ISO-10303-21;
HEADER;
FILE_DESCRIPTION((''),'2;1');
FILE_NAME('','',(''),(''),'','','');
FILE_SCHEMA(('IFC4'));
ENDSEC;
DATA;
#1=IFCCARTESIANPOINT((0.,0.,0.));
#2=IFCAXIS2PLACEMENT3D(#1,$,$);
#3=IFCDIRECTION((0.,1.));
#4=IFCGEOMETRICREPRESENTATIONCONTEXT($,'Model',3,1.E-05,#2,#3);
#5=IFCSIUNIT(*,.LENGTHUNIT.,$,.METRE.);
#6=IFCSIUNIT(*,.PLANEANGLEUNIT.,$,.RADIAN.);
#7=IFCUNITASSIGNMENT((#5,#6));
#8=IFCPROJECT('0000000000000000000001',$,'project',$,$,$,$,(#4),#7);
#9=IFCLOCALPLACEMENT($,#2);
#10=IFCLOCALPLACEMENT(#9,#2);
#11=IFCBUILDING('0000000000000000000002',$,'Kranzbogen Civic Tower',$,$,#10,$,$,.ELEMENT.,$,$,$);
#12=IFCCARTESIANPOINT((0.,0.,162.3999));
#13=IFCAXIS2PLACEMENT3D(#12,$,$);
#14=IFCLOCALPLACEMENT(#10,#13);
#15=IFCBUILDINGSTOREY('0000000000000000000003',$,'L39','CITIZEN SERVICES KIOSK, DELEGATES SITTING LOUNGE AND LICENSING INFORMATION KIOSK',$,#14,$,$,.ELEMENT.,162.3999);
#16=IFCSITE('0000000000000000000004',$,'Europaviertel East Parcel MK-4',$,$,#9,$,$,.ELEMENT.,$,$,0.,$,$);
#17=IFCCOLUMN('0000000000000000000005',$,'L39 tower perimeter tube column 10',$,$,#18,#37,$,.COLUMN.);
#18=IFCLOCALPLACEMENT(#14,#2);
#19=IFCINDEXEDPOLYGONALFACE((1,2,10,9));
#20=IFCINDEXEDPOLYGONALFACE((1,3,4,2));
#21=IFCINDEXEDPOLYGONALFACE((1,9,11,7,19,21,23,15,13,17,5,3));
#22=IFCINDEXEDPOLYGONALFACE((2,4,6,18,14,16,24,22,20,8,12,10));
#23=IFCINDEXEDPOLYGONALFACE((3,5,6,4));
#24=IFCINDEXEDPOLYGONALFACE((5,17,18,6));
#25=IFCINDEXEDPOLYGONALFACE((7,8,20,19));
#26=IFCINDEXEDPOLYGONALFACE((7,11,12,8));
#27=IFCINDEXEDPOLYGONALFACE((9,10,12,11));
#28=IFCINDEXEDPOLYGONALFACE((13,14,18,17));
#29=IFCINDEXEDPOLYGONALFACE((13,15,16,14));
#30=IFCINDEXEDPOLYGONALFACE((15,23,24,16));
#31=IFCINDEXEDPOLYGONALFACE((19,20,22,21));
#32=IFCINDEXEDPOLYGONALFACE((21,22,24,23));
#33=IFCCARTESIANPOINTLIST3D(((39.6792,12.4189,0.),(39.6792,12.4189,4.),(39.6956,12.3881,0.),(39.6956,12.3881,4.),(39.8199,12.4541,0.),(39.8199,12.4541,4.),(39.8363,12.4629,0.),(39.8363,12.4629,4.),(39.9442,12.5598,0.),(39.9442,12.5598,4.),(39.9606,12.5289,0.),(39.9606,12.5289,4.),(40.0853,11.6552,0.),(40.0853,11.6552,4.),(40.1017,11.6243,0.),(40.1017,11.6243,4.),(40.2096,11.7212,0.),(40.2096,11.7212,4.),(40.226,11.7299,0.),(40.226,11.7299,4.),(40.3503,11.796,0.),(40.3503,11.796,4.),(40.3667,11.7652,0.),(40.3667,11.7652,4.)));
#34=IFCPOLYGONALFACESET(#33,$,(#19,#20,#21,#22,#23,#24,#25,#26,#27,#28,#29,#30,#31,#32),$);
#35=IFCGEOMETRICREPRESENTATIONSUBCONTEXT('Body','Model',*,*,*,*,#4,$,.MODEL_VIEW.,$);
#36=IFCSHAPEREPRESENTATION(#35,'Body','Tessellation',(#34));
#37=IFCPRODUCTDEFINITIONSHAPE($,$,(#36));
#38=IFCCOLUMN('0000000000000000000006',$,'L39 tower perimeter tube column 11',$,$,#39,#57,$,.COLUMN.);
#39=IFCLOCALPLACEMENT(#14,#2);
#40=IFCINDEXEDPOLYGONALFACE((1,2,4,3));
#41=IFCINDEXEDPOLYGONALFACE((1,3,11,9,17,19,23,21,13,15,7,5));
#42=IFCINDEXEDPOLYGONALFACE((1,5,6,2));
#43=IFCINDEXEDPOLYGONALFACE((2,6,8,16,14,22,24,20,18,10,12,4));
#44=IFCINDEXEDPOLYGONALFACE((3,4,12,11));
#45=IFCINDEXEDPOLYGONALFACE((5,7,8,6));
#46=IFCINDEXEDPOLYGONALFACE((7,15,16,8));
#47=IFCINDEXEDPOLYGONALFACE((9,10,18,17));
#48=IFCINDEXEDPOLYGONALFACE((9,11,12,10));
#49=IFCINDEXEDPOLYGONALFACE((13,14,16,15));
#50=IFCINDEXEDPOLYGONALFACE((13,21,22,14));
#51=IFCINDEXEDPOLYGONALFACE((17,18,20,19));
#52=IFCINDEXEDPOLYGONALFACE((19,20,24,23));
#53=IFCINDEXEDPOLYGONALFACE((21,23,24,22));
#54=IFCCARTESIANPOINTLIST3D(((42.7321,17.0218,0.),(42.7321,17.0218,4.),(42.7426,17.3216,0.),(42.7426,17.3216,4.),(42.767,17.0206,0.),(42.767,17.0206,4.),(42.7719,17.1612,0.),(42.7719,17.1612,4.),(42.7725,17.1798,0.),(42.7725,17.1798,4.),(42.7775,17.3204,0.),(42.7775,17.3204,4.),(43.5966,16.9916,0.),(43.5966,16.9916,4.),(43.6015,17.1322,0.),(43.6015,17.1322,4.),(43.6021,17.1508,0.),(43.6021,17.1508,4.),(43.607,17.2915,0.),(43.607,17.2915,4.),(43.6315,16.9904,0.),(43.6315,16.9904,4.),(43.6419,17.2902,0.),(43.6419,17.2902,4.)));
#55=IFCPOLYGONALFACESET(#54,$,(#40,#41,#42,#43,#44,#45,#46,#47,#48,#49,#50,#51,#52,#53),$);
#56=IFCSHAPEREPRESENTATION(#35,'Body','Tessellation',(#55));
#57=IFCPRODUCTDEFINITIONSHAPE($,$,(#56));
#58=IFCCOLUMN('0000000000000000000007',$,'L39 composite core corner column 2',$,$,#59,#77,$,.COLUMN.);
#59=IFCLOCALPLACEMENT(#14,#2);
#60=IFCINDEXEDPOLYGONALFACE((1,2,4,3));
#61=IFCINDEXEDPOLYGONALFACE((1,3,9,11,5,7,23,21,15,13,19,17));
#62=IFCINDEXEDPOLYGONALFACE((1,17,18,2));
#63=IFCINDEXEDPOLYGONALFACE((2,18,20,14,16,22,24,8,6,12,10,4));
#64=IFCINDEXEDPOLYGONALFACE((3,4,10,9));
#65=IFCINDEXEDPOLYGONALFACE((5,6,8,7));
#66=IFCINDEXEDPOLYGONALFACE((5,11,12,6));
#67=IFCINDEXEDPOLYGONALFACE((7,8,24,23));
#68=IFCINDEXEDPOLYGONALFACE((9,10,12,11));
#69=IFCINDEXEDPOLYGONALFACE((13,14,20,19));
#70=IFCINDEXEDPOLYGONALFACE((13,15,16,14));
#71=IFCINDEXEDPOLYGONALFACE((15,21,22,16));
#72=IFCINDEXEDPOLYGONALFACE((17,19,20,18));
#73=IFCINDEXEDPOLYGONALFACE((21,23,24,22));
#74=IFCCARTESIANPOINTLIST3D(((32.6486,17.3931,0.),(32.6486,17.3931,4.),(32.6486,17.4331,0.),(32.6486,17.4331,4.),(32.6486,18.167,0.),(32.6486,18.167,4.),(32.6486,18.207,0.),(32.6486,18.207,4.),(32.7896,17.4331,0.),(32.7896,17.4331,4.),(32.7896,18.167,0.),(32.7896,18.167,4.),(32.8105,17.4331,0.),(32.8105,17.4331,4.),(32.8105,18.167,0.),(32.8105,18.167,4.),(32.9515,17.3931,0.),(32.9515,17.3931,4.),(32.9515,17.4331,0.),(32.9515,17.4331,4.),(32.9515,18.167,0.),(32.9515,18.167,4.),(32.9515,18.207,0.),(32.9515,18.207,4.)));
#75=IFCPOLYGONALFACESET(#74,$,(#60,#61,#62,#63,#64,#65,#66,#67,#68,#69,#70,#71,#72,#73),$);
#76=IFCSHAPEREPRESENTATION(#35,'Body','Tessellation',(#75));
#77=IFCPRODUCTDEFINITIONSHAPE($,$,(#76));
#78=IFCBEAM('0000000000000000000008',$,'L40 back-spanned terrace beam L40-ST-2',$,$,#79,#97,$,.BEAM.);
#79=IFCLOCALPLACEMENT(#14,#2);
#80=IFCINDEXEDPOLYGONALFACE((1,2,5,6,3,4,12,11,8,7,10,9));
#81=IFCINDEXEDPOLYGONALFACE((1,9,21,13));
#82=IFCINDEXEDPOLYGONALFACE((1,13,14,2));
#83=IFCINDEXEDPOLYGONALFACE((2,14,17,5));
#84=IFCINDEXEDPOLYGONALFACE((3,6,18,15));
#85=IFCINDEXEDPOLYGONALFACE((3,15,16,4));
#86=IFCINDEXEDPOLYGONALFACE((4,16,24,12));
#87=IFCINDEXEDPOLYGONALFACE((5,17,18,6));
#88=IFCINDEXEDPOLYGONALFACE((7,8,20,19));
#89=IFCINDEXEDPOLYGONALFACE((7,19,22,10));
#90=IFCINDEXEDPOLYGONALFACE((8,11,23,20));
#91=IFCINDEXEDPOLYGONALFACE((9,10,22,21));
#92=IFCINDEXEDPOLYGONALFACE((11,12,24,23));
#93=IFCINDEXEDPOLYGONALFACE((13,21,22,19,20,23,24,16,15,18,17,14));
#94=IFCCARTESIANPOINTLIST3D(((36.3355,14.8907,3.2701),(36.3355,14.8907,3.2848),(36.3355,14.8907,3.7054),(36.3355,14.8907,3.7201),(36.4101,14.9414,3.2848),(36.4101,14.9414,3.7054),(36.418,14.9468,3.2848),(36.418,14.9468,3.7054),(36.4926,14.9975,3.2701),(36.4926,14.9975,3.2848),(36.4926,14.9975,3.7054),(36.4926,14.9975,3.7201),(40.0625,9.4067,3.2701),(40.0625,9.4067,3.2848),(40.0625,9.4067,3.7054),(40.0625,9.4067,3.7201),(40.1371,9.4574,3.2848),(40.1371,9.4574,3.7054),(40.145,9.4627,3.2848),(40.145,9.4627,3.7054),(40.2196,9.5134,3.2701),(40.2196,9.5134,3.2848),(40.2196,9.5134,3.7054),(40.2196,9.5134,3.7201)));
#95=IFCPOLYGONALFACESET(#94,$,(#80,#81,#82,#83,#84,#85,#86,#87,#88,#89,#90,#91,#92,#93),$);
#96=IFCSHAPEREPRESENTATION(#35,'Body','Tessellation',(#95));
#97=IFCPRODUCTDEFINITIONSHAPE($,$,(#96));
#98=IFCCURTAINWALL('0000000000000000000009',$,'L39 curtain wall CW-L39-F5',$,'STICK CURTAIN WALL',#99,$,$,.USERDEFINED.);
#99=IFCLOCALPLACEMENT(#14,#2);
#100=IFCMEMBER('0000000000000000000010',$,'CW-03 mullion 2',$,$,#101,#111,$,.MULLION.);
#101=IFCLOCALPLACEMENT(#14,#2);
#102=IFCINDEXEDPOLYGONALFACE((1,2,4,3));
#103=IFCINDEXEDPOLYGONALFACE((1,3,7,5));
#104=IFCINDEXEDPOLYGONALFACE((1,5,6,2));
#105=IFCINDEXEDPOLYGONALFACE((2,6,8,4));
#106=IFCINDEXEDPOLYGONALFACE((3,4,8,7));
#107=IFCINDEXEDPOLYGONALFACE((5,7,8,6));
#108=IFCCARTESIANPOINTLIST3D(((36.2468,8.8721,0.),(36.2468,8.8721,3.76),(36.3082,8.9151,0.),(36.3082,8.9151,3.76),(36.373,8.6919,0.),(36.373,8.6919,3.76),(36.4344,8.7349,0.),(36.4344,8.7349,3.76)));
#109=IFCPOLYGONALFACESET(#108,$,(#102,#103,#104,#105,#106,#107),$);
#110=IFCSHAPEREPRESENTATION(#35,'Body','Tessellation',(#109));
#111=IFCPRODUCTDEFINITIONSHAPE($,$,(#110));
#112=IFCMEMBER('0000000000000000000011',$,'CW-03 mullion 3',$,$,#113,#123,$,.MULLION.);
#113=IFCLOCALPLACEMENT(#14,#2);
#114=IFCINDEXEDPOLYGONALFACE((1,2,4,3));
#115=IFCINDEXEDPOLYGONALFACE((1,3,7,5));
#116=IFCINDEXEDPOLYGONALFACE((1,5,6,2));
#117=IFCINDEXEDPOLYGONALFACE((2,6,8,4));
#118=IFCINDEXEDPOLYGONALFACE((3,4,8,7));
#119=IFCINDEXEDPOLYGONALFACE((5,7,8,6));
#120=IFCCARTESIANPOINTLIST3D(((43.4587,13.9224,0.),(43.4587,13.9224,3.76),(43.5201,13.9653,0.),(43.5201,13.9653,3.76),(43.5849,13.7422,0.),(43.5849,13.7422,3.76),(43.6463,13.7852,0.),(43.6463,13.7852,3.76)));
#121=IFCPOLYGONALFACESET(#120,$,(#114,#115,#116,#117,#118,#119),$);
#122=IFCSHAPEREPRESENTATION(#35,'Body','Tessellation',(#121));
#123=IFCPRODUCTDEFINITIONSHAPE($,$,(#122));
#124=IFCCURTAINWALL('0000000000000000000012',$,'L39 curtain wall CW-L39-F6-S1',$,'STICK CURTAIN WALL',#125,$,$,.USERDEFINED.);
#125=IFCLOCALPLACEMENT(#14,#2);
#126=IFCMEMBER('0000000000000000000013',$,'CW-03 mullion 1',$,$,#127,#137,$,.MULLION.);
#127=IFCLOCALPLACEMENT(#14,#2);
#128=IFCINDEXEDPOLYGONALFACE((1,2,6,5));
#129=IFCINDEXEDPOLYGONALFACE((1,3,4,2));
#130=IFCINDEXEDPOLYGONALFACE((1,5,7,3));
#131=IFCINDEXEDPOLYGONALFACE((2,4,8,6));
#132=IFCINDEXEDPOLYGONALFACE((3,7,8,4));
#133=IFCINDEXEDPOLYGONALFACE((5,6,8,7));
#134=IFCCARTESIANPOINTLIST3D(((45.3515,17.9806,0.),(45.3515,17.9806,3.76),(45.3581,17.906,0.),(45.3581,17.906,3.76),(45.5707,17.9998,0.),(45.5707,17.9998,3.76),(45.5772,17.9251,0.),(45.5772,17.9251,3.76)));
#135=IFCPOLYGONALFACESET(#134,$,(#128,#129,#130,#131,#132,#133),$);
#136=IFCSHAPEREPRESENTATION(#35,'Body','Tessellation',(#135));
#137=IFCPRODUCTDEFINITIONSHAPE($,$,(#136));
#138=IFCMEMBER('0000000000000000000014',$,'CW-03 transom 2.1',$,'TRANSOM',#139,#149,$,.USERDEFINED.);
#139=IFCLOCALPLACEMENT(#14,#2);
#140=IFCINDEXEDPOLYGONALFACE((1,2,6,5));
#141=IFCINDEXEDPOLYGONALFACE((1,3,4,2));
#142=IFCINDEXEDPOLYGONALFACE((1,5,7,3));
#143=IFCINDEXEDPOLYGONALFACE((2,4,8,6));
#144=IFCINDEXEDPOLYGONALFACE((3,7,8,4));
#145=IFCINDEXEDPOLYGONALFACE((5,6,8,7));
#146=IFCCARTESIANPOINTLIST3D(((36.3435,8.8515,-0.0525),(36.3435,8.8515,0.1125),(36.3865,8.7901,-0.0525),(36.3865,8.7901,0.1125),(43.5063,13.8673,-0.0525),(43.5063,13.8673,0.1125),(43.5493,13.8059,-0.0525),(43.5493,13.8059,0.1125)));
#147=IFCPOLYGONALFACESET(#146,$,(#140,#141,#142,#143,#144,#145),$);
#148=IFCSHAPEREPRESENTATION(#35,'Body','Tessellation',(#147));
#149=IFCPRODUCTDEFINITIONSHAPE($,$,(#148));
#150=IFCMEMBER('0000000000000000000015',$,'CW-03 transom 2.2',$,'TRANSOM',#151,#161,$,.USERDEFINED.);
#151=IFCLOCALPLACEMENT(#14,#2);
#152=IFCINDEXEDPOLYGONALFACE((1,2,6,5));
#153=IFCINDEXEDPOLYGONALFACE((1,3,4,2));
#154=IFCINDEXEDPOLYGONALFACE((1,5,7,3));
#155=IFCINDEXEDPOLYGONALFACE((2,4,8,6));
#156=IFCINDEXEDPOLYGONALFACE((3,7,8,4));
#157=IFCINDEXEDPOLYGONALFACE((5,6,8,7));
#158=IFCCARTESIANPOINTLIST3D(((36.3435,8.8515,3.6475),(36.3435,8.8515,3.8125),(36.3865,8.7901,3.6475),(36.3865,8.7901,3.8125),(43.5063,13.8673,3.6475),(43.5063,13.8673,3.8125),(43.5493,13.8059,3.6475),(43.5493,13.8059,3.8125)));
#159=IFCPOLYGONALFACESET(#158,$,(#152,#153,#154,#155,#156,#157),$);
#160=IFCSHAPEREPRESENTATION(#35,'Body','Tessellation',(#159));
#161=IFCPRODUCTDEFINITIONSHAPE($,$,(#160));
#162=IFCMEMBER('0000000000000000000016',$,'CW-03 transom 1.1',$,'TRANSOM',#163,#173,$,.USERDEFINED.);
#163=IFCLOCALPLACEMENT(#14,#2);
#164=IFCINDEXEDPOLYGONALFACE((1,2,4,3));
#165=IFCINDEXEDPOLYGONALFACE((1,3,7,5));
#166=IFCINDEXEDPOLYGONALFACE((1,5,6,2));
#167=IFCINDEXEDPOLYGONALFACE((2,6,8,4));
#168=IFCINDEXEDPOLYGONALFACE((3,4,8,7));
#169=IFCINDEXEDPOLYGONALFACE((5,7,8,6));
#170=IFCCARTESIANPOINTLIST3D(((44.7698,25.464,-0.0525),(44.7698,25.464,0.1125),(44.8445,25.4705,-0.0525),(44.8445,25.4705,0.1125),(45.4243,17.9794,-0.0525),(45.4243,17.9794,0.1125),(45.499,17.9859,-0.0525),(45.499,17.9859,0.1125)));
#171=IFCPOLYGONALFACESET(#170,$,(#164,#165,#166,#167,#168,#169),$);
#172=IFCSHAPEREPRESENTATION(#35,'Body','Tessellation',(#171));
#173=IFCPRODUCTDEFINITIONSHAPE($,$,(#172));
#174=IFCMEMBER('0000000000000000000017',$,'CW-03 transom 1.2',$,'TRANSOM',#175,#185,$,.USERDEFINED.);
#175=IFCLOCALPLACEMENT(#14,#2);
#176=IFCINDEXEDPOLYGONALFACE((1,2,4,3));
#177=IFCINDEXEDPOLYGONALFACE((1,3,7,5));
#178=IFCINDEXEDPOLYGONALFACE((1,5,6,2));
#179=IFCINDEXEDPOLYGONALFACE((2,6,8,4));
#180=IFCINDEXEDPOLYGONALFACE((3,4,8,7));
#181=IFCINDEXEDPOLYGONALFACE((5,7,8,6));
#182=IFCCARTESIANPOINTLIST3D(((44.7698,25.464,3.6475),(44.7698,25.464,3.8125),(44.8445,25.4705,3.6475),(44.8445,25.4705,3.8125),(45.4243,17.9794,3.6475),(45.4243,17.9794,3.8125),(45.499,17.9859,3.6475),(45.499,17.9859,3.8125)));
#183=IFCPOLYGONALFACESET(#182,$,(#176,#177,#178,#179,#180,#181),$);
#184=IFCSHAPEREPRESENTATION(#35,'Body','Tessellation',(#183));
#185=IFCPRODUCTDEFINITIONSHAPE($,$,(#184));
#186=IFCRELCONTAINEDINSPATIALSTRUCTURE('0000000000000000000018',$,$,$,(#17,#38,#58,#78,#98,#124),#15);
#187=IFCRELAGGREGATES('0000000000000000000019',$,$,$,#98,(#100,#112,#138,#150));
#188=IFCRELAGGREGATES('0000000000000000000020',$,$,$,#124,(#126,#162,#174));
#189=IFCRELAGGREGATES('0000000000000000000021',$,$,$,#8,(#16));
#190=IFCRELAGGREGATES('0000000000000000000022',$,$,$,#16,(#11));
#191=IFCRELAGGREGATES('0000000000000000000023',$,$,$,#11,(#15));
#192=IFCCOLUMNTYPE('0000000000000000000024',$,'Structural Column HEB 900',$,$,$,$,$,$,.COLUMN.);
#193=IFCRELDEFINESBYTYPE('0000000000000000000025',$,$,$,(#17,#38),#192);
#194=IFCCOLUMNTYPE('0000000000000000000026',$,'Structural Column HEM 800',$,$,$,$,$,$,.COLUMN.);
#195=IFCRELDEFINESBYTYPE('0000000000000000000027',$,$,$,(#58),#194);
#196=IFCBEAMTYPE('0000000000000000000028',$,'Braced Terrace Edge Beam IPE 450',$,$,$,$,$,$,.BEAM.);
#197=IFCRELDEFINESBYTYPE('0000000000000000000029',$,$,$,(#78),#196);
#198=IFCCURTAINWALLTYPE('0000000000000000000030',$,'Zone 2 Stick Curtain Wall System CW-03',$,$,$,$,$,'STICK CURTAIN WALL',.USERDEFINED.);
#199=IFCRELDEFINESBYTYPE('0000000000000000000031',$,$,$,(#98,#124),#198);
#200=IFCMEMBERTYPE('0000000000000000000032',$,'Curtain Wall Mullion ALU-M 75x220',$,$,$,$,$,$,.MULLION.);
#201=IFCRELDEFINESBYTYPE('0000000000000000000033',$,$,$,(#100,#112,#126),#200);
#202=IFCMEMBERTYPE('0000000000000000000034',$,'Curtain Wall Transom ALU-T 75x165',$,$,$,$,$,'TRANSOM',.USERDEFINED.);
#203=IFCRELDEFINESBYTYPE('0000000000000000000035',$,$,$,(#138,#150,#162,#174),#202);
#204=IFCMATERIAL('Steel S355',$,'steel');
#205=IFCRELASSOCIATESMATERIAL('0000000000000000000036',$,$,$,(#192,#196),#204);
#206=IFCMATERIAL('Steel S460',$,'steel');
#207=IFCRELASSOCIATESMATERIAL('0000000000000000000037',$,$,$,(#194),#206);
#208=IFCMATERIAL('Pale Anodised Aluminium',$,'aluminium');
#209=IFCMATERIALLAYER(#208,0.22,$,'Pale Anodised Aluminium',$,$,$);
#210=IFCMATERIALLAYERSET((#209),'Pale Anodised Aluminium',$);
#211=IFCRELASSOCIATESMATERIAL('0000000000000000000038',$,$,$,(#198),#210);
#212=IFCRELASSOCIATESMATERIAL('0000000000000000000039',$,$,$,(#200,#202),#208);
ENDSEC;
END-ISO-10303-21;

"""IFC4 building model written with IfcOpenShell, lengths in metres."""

from ifc_helpers import new_model, si_unit, direction, frame, origin, origin_2d, place, context, subcontext, project, spatial, rectangle, i_section, extrude, material, layer, layer_set, material_profile, profile_set, type_object, element, aggregate, save


model = new_model("IFC4")

# Units and contexts
model_context = context("Model", 3, precision=1e-05, world=origin(), true_north=direction((0.0, 1.0)))
body_context = subcontext(model_context, "Body", "Model", "MODEL_VIEW")
ifc_project = project(units=[si_unit("LENGTHUNIT", "METRE"), si_unit("PLANEANGLEUNIT", "RADIAN")], contexts=[model_context])

# Site, building, storey
site_placement = place(None, origin())
site = spatial("IfcSite", under=ifc_project, at=site_placement, Name="Europaviertel East Parcel MK-4", CompositionType="ELEMENT", RefElevation=0.0)
building_placement = place(site_placement, origin())
building = spatial("IfcBuilding", under=site, at=building_placement, Name="Kranzbogen Civic Tower", CompositionType="ELEMENT")
storey_placement = place(building_placement, frame((0.0, 0.0, 162.3999)))
storey = spatial("IfcBuildingStorey", under=building, at=storey_placement, Name="L39", Description="CITIZEN SERVICES KIOSK, DELEGATES SITTING LOUNGE AND LICENSING INFORMATION KIOSK", CompositionType="ELEMENT", Elevation=162.3999)

# Columns
ifc_material_1 = material(Name="Steel S355", Category="steel")
ifc_material_profile_1 = material_profile(ifc_material_1, i_section(OverallWidth=0.3, OverallDepth=0.8999, WebThickness=0.0186, FlangeThickness=0.0349, at=origin_2d()), Name="HEB 900")
ifc_profile_set_1 = profile_set([ifc_material_profile_1], Name="Steel S355")
column_type_1 = type_object("IfcColumnType", Name="Structural Column HEB 900", PredefinedType="COLUMN", material=ifc_profile_set_1)
for number, where, z_axis, x_axis, name in (
    (1, (40.0229, 12.092, 0.0), (0.0, 0.0, 1.0), (0.882948, 0.469472, 0.0), "L39 tower perimeter tube column 10"),
    (2, (43.187, 17.156, 0.0), (0.0, 0.0, 1.0), (0.034899, 0.999391, 0.0), "L39 tower perimeter tube column 11"),
):
    element("IfcColumn", number, at=place(storey_placement, frame(where, z_axis=z_axis, x_axis=x_axis)), inside=storey, type_object=column_type_1, Name=name, PredefinedType="COLUMN", context=body_context, shape_type="SweptSolid", body=[
        extrude(i_section(OverallWidth=0.3, OverallDepth=0.8999, WebThickness=0.0186, FlangeThickness=0.0349, at=origin_2d()), origin(), (0.0, 0.0, 1.0), 4.0),
    ])
ifc_material_2 = material(Name="Steel S460", Category="steel")
ifc_material_profile_2 = material_profile(ifc_material_2, i_section(OverallWidth=0.303, OverallDepth=0.814, WebThickness=0.021, FlangeThickness=0.04, at=origin_2d()), Name="HEM 800")
ifc_profile_set_2 = profile_set([ifc_material_profile_2], Name="Steel S460")
column_type_2 = type_object("IfcColumnType", Name="Structural Column HEM 800", PredefinedType="COLUMN", material=ifc_profile_set_2)
column_placement = place(storey_placement, frame((32.8, 17.8, 0.0), z_axis=(0.0, 0.0, 1.0), x_axis=(1.0, 0.0, 0.0)))
element("IfcColumn", 3, at=column_placement, inside=storey, type_object=column_type_2, Name="L39 composite core corner column 2", PredefinedType="COLUMN", context=body_context, shape_type="SweptSolid", body=[
    extrude(i_section(OverallWidth=0.303, OverallDepth=0.814, WebThickness=0.021, FlangeThickness=0.04, at=origin_2d()), origin(), (0.0, 0.0, 1.0), 4.0),
])

# Beam
ifc_material_profile_3 = material_profile(ifc_material_1, i_section(OverallWidth=0.1899, OverallDepth=0.45, WebThickness=0.0095, FlangeThickness=0.0146, at=origin_2d()), Name="IPE 450")
ifc_profile_set_3 = profile_set([ifc_material_profile_3], Name="Steel S355")
beam_type_1 = type_object("IfcBeamType", Name="Braced Terrace Edge Beam IPE 450", PredefinedType="BEAM", material=ifc_profile_set_3)
beam_1_placement = place(storey_placement, frame((36.4141, 14.9441, 3.4951), z_axis=(0.562087, -0.827078, 0.0), x_axis=(0.827078, 0.562087, 0.0)))
element("IfcBeam", 4, at=beam_1_placement, inside=storey, type_object=beam_type_1, Name="L40 back-spanned terrace beam L40-ST-2", PredefinedType="BEAM", context=body_context, shape_type="SweptSolid", body=[
    extrude(i_section(OverallWidth=0.1899, OverallDepth=0.45, WebThickness=0.0095, FlangeThickness=0.0146, at=origin_2d()), origin(), (0.0, 0.0, 1.0), 6.6306),
])

# Curtain wall, members
ifc_material_3 = material(Name="Pale Anodised Aluminium", Category="aluminium")
ifc_layer_1 = layer(ifc_material_3, 0.22, Name="Pale Anodised Aluminium")
ifc_layer_set_1 = layer_set([ifc_layer_1], Name="Pale Anodised Aluminium")
curtain_wall_type = type_object("IfcCurtainWallType", Name="Zone 2 Stick Curtain Wall System CW-03", ElementType="STICK CURTAIN WALL", PredefinedType="USERDEFINED", material=ifc_layer_set_1)
curtain_wall_1_placement = place(storey_placement, origin())
curtain_wall_1 = element("IfcCurtainWall", 5, at=curtain_wall_1_placement, inside=storey, type_object=curtain_wall_type, Name="L39 curtain wall CW-L39-F5", ObjectType="STICK CURTAIN WALL", PredefinedType="USERDEFINED")
ifc_material_profile_4 = material_profile(ifc_material_3, rectangle(XDim=0.075, YDim=0.22, at=origin_2d()), Name="ALU-M 75x220")
ifc_profile_set_4 = profile_set([ifc_material_profile_4], Name="Pale Anodised Aluminium")
member_type_1 = type_object("IfcMemberType", Name="Curtain Wall Mullion ALU-M 75x220", PredefinedType="MULLION", material=ifc_profile_set_4)
member_1_placement = place(storey_placement, frame((36.3406, 8.8035, 0.0), z_axis=(0.0, 0.0, 1.0), x_axis=(0.819128, 0.57361, 0.0)))
member_1 = element("IfcMember", 6, at=member_1_placement, type_object=member_type_1, Name="CW-03 mullion 2", PredefinedType="MULLION", context=body_context, shape_type="SweptSolid", body=[
    extrude(rectangle(XDim=0.075, YDim=0.22, at=origin_2d()), origin(), (0.0, 0.0, 1.0), 3.76),
])
member_2_placement = place(storey_placement, frame((43.5525, 13.8538, 0.0), z_axis=(0.0, 0.0, 1.0), x_axis=(0.819128, 0.57361, 0.0)))
member_2 = element("IfcMember", 7, at=member_2_placement, type_object=member_type_1, Name="CW-03 mullion 3", PredefinedType="MULLION", context=body_context, shape_type="SweptSolid", body=[
    extrude(rectangle(XDim=0.075, YDim=0.22, at=origin_2d()), origin(), (0.0, 0.0, 1.0), 3.76),
])

# Curtain wall, member
curtain_wall_2_placement = place(storey_placement, origin())
curtain_wall_2 = element("IfcCurtainWall", 8, at=curtain_wall_2_placement, inside=storey, type_object=curtain_wall_type, Name="L39 curtain wall CW-L39-F6-S1", ObjectType="STICK CURTAIN WALL", PredefinedType="USERDEFINED")
member_3_placement = place(storey_placement, frame((45.4644, 17.9529, 0.0), z_axis=(0.0, 0.0, 1.0), x_axis=(-0.087121, 0.996198, 0.0)))
member_3 = element("IfcMember", 9, at=member_3_placement, type_object=member_type_1, Name="CW-03 mullion 1", PredefinedType="MULLION", context=body_context, shape_type="SweptSolid", body=[
    extrude(rectangle(XDim=0.075, YDim=0.22, at=origin_2d()), origin(), (0.0, 0.0, 1.0), 3.76),
])

# Members
ifc_material_profile_5 = material_profile(ifc_material_3, rectangle(XDim=0.075, YDim=0.165, at=origin_2d()), Name="ALU-T 75x165")
ifc_profile_set_5 = profile_set([ifc_material_profile_5], Name="Pale Anodised Aluminium")
member_type_2 = type_object("IfcMemberType", Name="Curtain Wall Transom ALU-T 75x165", ElementType="TRANSOM", PredefinedType="USERDEFINED", material=ifc_profile_set_5)
member_4_placement = place(storey_placement, frame((36.365, 8.8208, 0.03), z_axis=(0.819131, 0.573607, 0.0), x_axis=(-0.573607, 0.819131, 0.0)))
member_4 = element("IfcMember", 10, at=member_4_placement, type_object=member_type_2, Name="CW-03 transom 2.1", ObjectType="TRANSOM", PredefinedType="USERDEFINED", context=body_context, shape_type="SweptSolid", body=[
    extrude(rectangle(XDim=0.075, YDim=0.165, at=origin_2d()), origin(), (0.0, 0.0, 1.0), 8.7444),
])
member_5_placement = place(storey_placement, frame((36.365, 8.8208, 3.73), z_axis=(0.819131, 0.573607, 0.0), x_axis=(-0.573607, 0.819131, 0.0)))
member_5 = element("IfcMember", 11, at=member_5_placement, type_object=member_type_2, Name="CW-03 transom 2.2", ObjectType="TRANSOM", PredefinedType="USERDEFINED", context=body_context, shape_type="SweptSolid", body=[
    extrude(rectangle(XDim=0.075, YDim=0.165, at=origin_2d()), origin(), (0.0, 0.0, 1.0), 8.7444),
])
member_6_placement = place(storey_placement, frame((45.4617, 17.9827, 0.03), z_axis=(-0.087119, 0.996198, 0.0), x_axis=(-0.996198, -0.087119, 0.0)))
member_6 = element("IfcMember", 12, at=member_6_placement, type_object=member_type_2, Name="CW-03 transom 1.1", ObjectType="TRANSOM", PredefinedType="USERDEFINED", context=body_context, shape_type="SweptSolid", body=[
    extrude(rectangle(XDim=0.075, YDim=0.165, at=origin_2d()), origin(), (0.0, 0.0, 1.0), 7.5132),
])
member_7_placement = place(storey_placement, frame((45.4617, 17.9827, 3.73), z_axis=(-0.087119, 0.996198, 0.0), x_axis=(-0.996198, -0.087119, 0.0)))
member_7 = element("IfcMember", 13, at=member_7_placement, type_object=member_type_2, Name="CW-03 transom 1.2", ObjectType="TRANSOM", PredefinedType="USERDEFINED", context=body_context, shape_type="SweptSolid", body=[
    extrude(rectangle(XDim=0.075, YDim=0.165, at=origin_2d()), origin(), (0.0, 0.0, 1.0), 7.5132),
])

aggregate(curtain_wall_1, [member_1, member_2, member_4, member_5])
aggregate(curtain_wall_2, [member_3, member_6, member_7])

save(model, "model.ifc")
